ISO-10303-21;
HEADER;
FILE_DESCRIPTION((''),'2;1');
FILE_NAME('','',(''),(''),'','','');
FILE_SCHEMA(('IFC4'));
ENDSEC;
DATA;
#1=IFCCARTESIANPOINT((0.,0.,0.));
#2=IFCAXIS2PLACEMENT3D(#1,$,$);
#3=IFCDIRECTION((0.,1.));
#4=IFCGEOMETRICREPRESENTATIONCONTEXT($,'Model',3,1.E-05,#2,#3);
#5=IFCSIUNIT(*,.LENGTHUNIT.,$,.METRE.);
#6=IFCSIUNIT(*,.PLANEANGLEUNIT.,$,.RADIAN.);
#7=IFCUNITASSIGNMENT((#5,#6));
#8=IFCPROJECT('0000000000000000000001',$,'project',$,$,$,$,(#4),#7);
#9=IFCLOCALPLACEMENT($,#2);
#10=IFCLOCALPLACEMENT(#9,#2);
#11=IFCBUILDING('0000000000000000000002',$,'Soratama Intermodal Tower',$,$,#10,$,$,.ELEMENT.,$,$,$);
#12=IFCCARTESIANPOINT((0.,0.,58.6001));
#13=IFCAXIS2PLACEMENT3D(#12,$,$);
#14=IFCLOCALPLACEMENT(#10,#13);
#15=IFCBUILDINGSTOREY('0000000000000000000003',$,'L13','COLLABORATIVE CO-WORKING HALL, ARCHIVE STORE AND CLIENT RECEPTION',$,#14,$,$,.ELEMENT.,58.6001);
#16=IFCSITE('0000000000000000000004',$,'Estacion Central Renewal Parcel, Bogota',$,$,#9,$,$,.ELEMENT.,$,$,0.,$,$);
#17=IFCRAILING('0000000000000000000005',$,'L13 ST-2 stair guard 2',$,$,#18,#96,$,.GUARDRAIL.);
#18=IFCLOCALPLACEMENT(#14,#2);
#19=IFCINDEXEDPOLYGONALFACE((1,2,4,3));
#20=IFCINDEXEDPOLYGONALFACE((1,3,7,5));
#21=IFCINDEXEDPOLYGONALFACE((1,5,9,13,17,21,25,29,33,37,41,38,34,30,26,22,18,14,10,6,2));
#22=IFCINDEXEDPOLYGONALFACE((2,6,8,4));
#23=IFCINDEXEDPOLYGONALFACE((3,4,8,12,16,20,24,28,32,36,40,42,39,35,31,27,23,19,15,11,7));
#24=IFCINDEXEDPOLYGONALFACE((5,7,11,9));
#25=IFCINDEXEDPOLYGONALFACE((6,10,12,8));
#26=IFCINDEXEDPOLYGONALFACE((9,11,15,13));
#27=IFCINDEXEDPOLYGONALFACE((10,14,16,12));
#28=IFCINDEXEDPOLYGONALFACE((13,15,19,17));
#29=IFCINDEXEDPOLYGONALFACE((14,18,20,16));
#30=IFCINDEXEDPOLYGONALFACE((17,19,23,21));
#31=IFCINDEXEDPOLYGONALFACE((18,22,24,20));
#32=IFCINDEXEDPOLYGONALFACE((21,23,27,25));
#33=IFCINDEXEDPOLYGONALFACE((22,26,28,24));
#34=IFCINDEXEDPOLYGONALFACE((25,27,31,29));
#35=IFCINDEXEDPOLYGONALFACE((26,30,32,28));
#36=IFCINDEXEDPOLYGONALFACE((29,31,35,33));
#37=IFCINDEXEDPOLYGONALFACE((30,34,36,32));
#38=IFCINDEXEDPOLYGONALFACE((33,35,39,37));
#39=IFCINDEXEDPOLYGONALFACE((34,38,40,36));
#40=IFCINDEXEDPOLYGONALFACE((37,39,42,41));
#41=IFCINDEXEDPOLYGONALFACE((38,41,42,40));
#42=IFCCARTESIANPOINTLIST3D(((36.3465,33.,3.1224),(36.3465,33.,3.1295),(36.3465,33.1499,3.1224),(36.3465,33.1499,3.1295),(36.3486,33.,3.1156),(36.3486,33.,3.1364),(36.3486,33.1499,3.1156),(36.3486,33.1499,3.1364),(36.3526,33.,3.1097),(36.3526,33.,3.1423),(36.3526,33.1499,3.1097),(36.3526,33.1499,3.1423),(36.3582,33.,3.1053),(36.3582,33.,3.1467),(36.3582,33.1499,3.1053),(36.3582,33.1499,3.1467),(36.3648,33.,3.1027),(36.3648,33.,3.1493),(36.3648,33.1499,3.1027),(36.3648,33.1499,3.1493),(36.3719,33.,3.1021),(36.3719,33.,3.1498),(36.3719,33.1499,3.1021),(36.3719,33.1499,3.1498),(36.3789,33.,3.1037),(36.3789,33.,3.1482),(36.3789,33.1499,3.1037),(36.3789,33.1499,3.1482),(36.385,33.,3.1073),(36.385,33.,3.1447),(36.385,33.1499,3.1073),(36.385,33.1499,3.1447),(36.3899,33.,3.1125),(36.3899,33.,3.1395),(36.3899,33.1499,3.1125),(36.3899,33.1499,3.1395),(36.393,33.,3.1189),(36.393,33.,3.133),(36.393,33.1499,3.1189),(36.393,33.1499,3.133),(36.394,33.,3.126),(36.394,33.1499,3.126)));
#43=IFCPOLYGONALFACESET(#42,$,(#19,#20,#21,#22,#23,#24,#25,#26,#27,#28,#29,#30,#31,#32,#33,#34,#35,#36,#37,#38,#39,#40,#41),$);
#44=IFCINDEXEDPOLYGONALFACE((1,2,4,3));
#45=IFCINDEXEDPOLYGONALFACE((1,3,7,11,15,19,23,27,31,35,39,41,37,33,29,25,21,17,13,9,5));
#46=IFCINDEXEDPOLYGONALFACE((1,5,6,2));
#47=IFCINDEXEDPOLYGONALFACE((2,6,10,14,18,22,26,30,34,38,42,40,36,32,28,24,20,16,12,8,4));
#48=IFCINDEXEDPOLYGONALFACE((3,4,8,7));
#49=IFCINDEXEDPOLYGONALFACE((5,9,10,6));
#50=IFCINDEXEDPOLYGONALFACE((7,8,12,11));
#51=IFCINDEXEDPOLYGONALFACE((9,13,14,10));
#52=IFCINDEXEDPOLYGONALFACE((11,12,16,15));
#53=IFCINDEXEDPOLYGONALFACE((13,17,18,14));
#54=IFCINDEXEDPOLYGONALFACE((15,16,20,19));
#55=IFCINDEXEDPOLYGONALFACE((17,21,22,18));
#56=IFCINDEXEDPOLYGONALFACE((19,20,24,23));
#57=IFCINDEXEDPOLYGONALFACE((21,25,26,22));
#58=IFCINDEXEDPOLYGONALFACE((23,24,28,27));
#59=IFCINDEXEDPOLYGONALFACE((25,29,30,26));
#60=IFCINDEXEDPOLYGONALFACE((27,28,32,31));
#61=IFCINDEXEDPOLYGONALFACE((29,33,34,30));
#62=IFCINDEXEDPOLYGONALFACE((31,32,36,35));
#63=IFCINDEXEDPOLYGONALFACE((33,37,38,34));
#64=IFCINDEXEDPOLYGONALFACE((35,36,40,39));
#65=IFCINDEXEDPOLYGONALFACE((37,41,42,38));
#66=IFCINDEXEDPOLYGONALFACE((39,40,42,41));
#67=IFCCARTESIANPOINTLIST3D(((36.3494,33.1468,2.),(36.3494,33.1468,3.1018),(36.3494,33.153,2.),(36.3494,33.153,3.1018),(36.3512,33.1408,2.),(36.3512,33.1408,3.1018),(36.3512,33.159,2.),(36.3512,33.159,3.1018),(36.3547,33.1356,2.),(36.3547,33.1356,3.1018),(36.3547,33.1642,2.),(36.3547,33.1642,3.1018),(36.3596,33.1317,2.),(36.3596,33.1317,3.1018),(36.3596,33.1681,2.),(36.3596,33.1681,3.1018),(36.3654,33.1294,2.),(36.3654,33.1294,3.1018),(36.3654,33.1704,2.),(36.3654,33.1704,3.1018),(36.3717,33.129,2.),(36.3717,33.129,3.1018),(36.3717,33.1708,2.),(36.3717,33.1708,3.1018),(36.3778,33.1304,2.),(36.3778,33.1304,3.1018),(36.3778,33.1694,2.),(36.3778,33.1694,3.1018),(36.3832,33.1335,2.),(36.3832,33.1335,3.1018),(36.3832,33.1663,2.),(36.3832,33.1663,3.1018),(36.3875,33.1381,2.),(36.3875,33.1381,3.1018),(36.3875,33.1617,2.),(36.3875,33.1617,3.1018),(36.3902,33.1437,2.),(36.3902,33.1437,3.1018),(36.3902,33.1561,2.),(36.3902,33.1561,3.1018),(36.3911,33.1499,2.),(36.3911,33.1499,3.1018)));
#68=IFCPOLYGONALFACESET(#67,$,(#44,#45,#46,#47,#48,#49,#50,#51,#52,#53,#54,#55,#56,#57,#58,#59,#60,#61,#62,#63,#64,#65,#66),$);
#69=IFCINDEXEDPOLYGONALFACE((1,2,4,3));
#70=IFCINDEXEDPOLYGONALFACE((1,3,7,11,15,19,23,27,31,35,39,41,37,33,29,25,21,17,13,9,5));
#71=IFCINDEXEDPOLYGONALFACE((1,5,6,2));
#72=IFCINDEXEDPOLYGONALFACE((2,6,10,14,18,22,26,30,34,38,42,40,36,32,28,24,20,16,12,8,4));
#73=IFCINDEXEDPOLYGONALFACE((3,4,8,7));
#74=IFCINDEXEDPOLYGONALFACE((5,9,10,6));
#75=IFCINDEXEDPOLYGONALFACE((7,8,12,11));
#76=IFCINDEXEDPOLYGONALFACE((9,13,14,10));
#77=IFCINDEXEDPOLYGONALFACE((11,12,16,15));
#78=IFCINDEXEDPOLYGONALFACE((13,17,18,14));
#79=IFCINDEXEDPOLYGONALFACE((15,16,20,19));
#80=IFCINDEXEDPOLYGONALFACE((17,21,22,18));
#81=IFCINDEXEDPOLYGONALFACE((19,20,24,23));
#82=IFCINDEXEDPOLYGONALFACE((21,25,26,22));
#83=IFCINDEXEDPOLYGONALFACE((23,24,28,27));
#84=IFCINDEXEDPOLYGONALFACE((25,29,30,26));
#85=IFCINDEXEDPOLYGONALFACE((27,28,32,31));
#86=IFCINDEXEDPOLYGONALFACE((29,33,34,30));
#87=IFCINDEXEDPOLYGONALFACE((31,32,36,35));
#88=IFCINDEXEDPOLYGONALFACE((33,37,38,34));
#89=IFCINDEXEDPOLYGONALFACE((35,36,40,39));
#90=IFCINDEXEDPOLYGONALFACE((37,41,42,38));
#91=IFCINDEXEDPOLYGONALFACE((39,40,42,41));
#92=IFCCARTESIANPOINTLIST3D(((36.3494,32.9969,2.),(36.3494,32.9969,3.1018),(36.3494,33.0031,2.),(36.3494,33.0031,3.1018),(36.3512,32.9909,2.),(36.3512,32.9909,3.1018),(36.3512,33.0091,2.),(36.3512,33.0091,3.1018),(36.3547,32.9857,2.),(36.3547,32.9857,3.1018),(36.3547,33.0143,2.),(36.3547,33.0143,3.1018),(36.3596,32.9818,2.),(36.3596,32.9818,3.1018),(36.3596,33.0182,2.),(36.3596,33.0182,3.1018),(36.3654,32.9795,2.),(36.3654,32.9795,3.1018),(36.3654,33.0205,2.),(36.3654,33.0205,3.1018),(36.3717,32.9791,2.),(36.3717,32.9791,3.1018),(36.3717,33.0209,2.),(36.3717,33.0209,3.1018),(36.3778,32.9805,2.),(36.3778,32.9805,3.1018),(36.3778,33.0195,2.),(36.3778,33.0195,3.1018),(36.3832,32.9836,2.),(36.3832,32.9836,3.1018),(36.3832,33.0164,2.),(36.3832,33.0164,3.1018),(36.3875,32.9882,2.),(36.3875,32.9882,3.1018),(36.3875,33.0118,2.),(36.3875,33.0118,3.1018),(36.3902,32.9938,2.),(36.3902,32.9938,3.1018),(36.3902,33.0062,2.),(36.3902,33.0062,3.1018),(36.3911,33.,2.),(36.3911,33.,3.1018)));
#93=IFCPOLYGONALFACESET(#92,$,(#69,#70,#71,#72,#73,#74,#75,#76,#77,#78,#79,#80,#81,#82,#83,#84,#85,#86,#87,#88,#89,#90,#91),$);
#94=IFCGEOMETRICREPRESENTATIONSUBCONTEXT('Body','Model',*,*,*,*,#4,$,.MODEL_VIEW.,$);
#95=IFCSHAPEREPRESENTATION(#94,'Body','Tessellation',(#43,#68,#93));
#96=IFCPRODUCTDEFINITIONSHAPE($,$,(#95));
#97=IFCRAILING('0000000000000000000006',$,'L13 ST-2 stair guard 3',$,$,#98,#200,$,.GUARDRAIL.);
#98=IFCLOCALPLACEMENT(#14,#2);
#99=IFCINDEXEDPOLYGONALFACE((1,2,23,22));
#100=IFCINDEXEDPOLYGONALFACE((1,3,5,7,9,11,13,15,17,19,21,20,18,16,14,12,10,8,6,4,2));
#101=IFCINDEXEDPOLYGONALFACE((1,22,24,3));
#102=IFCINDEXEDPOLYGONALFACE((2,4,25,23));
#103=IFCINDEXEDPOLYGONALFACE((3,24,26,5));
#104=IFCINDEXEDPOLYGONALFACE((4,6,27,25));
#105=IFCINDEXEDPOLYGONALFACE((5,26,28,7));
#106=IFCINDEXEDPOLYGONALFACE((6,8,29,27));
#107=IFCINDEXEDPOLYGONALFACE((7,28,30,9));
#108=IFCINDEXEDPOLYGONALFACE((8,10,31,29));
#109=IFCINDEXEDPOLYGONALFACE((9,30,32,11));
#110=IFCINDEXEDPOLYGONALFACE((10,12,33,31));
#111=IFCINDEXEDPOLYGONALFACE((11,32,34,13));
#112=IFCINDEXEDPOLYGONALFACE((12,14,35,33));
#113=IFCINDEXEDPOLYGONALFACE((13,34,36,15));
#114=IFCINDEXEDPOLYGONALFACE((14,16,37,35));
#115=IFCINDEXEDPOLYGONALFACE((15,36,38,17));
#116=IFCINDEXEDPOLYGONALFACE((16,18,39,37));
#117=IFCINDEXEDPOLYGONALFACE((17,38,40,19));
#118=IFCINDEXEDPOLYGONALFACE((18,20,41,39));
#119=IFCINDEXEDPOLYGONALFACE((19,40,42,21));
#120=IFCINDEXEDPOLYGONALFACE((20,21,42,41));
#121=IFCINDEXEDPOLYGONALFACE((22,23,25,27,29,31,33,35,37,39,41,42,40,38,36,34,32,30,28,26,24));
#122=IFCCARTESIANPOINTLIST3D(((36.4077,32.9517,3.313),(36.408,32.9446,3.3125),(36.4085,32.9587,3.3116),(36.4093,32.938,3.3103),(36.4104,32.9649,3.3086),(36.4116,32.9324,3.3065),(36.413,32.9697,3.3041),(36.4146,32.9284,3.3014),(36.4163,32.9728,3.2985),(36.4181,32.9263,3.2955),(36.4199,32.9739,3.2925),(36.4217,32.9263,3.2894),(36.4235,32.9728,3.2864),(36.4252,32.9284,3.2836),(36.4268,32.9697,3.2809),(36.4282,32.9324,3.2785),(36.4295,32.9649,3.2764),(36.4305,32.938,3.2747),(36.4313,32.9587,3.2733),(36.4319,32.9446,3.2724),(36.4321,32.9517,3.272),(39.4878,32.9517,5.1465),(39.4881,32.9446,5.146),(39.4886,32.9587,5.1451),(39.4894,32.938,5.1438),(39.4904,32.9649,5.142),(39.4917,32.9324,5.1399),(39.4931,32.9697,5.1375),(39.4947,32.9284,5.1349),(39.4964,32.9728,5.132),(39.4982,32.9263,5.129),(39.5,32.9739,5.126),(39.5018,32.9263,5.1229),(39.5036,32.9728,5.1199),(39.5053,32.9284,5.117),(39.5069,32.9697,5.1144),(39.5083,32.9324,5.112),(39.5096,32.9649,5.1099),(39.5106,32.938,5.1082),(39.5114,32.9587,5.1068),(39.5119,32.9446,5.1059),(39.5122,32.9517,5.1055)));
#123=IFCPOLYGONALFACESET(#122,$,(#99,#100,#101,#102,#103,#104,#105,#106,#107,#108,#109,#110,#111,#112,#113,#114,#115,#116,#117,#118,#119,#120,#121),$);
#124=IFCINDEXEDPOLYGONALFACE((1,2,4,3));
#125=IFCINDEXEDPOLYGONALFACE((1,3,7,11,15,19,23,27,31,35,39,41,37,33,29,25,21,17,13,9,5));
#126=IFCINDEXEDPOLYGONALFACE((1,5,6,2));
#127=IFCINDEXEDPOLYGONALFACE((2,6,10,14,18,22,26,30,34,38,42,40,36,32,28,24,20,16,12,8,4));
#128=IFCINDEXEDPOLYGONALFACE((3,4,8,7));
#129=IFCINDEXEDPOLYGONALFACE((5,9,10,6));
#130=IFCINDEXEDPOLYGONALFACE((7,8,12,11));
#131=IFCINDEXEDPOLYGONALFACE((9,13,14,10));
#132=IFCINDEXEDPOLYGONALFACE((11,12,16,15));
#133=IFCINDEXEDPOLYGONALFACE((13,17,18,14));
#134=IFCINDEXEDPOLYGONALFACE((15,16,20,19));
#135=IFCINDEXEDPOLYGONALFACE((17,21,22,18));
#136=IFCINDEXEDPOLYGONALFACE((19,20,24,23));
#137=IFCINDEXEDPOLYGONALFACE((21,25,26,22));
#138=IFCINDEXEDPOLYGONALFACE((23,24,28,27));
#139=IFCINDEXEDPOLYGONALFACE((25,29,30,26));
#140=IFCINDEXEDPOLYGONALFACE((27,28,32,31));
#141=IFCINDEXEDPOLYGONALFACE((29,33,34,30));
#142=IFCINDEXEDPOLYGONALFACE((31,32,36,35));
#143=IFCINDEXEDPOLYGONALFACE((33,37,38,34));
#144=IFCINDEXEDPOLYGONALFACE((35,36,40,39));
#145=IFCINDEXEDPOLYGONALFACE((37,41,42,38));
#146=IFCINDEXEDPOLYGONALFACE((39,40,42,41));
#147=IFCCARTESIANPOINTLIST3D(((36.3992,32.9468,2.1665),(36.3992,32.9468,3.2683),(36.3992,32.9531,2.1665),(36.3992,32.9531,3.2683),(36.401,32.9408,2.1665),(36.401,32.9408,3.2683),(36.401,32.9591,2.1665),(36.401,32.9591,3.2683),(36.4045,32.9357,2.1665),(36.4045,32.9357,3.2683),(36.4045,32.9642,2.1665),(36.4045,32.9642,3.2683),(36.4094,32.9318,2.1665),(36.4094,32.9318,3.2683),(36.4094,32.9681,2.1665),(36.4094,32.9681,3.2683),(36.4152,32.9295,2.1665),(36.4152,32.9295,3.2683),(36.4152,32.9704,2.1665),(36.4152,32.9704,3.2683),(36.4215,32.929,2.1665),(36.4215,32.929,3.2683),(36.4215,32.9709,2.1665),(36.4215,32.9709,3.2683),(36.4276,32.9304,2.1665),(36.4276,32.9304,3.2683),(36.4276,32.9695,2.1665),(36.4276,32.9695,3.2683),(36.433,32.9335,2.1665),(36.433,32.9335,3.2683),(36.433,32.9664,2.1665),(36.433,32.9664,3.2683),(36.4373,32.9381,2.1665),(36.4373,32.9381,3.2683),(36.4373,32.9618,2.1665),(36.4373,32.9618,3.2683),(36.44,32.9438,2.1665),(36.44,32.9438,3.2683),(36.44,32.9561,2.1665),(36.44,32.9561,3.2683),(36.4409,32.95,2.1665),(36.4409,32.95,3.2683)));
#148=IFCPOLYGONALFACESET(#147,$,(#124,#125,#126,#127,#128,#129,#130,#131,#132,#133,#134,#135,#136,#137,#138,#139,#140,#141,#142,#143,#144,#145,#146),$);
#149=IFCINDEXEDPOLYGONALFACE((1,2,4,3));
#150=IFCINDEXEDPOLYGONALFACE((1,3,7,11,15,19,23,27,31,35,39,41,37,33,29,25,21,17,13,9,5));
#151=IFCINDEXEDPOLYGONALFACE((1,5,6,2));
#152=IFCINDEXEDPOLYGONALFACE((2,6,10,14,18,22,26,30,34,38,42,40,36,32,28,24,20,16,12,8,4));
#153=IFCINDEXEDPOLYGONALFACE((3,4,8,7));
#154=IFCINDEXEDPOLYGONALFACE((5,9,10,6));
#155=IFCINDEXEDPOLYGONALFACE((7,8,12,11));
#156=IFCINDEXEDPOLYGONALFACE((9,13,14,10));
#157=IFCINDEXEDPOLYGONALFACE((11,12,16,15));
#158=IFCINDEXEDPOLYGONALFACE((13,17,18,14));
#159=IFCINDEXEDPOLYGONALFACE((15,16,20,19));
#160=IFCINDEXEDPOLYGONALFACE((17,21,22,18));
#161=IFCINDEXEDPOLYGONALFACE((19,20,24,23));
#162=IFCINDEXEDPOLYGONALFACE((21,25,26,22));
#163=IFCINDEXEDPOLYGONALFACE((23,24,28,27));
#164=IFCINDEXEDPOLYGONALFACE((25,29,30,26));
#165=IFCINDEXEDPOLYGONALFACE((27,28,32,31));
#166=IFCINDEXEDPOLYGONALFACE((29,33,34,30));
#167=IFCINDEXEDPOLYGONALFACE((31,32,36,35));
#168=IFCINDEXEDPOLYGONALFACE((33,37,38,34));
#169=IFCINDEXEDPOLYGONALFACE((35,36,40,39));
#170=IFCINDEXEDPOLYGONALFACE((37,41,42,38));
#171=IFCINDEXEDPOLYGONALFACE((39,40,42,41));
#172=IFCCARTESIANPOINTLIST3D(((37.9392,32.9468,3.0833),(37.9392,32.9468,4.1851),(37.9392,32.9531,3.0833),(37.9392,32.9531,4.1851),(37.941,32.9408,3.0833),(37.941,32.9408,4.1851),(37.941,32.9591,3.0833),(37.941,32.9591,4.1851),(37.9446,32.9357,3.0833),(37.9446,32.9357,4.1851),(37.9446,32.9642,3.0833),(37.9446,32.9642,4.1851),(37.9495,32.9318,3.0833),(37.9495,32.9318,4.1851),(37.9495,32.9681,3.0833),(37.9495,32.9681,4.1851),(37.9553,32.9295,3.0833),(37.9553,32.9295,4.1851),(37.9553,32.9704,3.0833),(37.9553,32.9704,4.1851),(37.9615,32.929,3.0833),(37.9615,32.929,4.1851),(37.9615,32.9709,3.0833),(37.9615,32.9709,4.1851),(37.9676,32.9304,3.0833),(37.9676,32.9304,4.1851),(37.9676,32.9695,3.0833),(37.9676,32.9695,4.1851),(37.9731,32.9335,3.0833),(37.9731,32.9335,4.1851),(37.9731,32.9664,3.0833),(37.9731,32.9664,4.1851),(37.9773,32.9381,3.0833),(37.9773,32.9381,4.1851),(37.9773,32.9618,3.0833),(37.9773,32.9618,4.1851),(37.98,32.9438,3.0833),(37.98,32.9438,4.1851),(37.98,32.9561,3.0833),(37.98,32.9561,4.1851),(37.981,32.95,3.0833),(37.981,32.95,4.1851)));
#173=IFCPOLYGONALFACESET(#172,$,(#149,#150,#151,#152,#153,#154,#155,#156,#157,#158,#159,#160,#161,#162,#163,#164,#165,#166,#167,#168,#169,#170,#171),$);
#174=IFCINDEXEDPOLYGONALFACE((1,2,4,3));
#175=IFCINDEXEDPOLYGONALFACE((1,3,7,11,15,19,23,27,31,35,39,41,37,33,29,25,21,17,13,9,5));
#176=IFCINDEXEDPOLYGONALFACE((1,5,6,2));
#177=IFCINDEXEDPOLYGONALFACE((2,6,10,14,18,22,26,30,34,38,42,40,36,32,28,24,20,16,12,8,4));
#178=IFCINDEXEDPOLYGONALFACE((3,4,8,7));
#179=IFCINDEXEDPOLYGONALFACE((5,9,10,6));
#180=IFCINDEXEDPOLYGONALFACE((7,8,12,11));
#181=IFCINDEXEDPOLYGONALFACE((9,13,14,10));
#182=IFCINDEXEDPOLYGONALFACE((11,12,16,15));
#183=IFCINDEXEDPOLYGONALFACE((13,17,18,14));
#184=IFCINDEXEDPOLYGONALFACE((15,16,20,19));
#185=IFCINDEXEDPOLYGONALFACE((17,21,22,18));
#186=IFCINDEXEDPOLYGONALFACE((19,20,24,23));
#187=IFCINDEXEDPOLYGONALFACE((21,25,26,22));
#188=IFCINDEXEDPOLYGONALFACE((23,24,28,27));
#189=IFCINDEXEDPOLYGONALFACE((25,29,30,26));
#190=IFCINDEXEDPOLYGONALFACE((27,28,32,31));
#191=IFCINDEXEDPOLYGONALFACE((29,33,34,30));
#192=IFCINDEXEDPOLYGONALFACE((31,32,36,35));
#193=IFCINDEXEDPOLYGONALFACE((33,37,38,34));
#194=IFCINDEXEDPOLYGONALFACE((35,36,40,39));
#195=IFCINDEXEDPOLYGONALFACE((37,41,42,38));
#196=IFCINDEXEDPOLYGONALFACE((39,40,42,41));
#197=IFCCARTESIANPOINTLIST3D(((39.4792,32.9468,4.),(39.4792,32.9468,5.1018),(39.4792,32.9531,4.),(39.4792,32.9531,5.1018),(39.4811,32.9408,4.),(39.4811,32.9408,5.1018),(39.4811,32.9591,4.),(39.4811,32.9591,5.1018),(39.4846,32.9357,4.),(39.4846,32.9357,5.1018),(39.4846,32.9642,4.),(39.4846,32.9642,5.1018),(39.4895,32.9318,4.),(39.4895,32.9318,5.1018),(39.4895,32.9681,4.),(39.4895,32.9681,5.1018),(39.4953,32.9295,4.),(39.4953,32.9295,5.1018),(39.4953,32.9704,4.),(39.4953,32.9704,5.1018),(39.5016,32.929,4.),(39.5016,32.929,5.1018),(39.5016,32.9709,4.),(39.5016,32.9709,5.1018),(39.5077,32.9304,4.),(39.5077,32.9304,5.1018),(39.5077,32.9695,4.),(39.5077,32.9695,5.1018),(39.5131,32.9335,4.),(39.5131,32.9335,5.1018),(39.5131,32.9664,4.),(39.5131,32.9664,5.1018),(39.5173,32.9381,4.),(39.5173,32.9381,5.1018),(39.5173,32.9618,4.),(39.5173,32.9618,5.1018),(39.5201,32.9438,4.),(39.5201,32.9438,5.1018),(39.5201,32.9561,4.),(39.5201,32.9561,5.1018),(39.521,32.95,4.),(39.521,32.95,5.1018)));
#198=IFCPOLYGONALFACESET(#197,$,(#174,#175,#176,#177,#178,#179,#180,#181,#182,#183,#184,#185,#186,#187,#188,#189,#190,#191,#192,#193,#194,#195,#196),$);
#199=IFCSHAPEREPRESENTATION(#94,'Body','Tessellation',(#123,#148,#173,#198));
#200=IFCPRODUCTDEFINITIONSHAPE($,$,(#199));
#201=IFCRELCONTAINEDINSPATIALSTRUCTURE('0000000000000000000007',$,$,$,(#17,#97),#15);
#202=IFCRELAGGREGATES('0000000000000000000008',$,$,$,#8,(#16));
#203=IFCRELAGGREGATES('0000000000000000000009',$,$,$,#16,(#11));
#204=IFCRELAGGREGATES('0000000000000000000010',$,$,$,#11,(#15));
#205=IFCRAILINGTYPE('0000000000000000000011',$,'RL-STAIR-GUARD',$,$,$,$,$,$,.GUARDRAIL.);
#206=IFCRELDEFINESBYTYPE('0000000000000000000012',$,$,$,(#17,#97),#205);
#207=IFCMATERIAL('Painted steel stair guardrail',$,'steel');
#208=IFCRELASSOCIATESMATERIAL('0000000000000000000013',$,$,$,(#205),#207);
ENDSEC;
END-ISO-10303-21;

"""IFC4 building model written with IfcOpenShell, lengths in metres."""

from ifc_helpers import new_model, si_unit, direction, frame, origin, origin_2d, place, context, subcontext, project, spatial, circle, extrude, material, type_object, element, save


model = new_model("IFC4")

# Units and contexts
model_context = context("Model", 3, precision=1e-05, world=origin(), true_north=direction((0.0, 1.0)))
body_context = subcontext(model_context, "Body", "Model", "MODEL_VIEW")
ifc_project = project(units=[si_unit("LENGTHUNIT", "METRE"), si_unit("PLANEANGLEUNIT", "RADIAN")], contexts=[model_context])

# Site, building, storey
site_placement = place(None, origin())
site = spatial("IfcSite", under=ifc_project, at=site_placement, Name="Estacion Central Renewal Parcel, Bogota", CompositionType="ELEMENT", RefElevation=0.0)
building_placement = place(site_placement, origin())
building = spatial("IfcBuilding", under=site, at=building_placement, Name="Soratama Intermodal Tower", CompositionType="ELEMENT")
storey_placement = place(building_placement, frame((0.0, 0.0, 58.6001)))
storey = spatial("IfcBuildingStorey", under=building, at=storey_placement, Name="L13", Description="COLLABORATIVE CO-WORKING HALL, ARCHIVE STORE AND CLIENT RECEPTION", CompositionType="ELEMENT", Elevation=58.6001)

# Railings
ifc_material_1 = material(Name="Painted steel stair guardrail", Category="steel")
railing_type_1 = type_object("IfcRailingType", Name="RL-STAIR-GUARD", PredefinedType="GUARDRAIL", material=ifc_material_1)
railing_1_placement = place(storey_placement, frame((36.3701, 33.1499, 2.0)))
element("IfcRailing", 1, at=railing_1_placement, inside=storey, type_object=railing_type_1, Name="L13 ST-2 stair guard 2", PredefinedType="GUARDRAIL", context=body_context, shape_type="SweptSolid", body=[
    extrude(circle(Radius=0.0239, at=origin_2d()), frame((0.0, 0.0, 1.126), z_axis=(0.0, -1.0, 0.0), x_axis=(1.0, 0.0, 0.0)), (0.0, 0.0, 1.0), 0.1499),
    extrude(circle(Radius=0.021, at=origin_2d()), origin(), (0.0, 0.0, 1.0), 1.1018),
    extrude(circle(Radius=0.021, at=origin_2d()), frame((0.0, -0.1499, 0.0)), (0.0, 0.0, 1.0), 1.1018),
])
railing_2_placement = place(storey_placement, frame((36.4199, 32.95, 2.1665)))
element("IfcRailing", 2, at=railing_2_placement, inside=storey, type_object=railing_type_1, Name="L13 ST-2 stair guard 3", PredefinedType="GUARDRAIL", context=body_context, shape_type="SweptSolid", body=[
    extrude(circle(Radius=0.0239, at=origin_2d()), frame((0.0, 0.0, 1.126), z_axis=(0.859279, 0.0, 0.511508), x_axis=(0.0, 1.0, 0.0)), (0.0, 0.0, 1.0), 3.5845),
    extrude(circle(Radius=0.021, at=origin_2d()), origin(), (0.0, 0.0, 1.0), 1.1018),
    extrude(circle(Radius=0.021, at=origin_2d()), frame((1.54, 0.0, 0.9167)), (0.0, 0.0, 1.0), 1.1018),
    extrude(circle(Radius=0.021, at=origin_2d()), frame((3.0801, 0.0, 1.8335)), (0.0, 0.0, 1.0), 1.1018),
])

save(model, "model.ifc")
